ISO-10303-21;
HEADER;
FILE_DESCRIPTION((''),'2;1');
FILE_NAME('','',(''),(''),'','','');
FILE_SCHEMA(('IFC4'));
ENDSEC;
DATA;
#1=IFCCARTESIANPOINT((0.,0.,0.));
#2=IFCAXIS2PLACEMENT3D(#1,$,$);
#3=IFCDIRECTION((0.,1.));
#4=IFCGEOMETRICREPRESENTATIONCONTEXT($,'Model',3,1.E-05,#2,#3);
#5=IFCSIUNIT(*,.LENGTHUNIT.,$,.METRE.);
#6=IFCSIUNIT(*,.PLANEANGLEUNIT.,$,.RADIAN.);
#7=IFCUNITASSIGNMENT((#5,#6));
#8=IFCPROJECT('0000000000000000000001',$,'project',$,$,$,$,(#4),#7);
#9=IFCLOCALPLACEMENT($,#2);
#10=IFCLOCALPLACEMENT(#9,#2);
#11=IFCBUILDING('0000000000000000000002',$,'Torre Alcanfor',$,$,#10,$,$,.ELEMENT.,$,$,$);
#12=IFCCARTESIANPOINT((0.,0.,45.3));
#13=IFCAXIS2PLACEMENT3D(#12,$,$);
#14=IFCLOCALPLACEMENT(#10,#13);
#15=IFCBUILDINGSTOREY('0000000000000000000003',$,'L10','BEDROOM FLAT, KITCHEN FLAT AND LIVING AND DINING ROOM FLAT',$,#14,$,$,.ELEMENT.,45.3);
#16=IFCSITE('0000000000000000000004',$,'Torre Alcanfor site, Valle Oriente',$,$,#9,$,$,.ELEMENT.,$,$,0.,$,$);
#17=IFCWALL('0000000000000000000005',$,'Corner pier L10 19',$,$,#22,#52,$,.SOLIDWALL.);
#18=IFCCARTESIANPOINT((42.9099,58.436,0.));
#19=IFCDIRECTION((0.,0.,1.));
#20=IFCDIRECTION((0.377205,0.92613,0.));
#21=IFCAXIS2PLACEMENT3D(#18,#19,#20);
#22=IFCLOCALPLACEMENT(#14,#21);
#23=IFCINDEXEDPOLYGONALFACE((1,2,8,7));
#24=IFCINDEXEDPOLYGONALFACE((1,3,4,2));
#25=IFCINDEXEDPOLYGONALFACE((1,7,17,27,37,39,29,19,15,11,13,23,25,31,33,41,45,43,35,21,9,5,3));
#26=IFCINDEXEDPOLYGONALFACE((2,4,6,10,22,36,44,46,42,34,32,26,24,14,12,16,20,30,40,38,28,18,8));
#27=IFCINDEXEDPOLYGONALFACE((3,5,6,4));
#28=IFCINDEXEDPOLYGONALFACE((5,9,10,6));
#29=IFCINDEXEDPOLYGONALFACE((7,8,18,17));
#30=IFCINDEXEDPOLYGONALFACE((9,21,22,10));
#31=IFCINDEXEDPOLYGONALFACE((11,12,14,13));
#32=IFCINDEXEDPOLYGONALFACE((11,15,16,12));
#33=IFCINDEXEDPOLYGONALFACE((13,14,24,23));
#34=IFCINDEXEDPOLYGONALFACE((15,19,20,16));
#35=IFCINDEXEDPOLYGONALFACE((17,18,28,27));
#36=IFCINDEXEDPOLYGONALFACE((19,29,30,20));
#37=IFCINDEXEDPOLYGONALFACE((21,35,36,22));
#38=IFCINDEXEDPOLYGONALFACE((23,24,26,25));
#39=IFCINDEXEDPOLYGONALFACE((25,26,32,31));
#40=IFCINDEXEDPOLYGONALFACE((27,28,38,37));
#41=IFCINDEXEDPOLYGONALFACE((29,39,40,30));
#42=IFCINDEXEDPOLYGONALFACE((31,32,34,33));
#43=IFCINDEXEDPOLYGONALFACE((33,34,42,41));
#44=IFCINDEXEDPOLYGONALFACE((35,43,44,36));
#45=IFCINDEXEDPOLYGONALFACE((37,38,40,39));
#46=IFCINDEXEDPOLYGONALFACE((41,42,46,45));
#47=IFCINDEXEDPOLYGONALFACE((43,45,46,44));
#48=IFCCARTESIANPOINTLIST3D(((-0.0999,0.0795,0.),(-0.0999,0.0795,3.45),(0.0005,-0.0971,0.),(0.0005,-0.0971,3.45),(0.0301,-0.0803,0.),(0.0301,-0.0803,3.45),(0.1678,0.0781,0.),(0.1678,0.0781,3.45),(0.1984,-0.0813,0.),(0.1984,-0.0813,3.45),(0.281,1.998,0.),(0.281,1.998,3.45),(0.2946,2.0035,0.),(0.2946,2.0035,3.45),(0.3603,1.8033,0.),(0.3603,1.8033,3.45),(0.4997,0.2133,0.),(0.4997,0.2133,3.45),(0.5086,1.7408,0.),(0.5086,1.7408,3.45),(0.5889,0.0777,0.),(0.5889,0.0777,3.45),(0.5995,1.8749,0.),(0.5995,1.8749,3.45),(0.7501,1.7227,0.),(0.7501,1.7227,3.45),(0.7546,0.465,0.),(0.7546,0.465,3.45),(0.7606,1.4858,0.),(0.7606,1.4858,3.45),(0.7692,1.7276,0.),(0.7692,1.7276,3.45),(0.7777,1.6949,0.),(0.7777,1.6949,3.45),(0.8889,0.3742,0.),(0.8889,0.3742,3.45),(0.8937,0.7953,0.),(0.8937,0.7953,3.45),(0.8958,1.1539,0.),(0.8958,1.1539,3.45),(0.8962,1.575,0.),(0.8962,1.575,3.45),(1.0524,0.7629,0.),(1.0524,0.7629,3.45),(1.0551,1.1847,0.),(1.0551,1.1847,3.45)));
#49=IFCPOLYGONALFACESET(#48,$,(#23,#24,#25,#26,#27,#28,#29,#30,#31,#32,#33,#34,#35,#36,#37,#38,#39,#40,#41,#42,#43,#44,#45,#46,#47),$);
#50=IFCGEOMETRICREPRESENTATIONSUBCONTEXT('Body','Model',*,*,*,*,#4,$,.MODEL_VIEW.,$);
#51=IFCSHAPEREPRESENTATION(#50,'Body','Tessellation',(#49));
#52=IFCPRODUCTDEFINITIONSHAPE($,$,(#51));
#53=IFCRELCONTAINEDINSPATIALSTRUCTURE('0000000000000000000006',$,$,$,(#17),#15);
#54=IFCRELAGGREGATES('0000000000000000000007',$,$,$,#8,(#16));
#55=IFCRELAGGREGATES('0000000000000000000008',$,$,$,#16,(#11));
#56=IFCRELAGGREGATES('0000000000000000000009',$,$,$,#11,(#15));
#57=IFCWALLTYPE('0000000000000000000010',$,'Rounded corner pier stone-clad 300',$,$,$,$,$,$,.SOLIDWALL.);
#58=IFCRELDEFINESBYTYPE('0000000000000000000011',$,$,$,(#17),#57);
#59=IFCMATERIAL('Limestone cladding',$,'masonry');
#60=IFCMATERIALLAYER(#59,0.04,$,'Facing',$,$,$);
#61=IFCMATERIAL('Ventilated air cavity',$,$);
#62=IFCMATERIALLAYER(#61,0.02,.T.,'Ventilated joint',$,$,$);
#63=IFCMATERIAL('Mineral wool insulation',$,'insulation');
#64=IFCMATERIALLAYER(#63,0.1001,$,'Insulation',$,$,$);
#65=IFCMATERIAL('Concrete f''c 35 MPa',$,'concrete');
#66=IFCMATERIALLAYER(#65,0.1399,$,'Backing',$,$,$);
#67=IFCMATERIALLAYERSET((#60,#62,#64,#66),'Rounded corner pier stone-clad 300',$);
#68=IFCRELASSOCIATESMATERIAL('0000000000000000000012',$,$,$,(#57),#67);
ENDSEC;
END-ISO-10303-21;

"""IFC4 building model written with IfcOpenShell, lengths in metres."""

from ifc_helpers import new_model, si_unit, direction, frame, origin, place, context, subcontext, project, spatial, polyline, outline, extrude, material, layer, layer_set, type_object, element, save


model = new_model("IFC4")

# Units and contexts
model_context = context("Model", 3, precision=1e-05, world=origin(), true_north=direction((0.0, 1.0)))
body_context = subcontext(model_context, "Body", "Model", "MODEL_VIEW")
ifc_project = project(units=[si_unit("LENGTHUNIT", "METRE"), si_unit("PLANEANGLEUNIT", "RADIAN")], contexts=[model_context])

# Site, building, storey
site_placement = place(None, origin())
site = spatial("IfcSite", under=ifc_project, at=site_placement, Name="Torre Alcanfor site, Valle Oriente", CompositionType="ELEMENT", RefElevation=0.0)
building_placement = place(site_placement, origin())
building = spatial("IfcBuilding", under=site, at=building_placement, Name="Torre Alcanfor", CompositionType="ELEMENT")
storey_placement = place(building_placement, frame((0.0, 0.0, 45.3)))
storey = spatial("IfcBuildingStorey", under=building, at=storey_placement, Name="L10", Description="BEDROOM FLAT, KITCHEN FLAT AND LIVING AND DINING ROOM FLAT", CompositionType="ELEMENT", Elevation=45.3)

# Shared definitions
ifc_material_1 = material(Name="Limestone cladding", Category="masonry")
ifc_material_2 = material(Name="Ventilated air cavity")
ifc_material_3 = material(Name="Mineral wool insulation", Category="insulation")
ifc_material_4 = material(Name="Concrete f'c 35 MPa", Category="concrete")

# Wall
ifc_layer_1 = layer(ifc_material_1, 0.04, Name="Facing")
ifc_layer_2 = layer(ifc_material_2, 0.02, ventilated=True, Name="Ventilated joint")
ifc_layer_3 = layer(ifc_material_3, 0.1001, Name="Insulation")
ifc_layer_4 = layer(ifc_material_4, 0.1399, Name="Backing")
ifc_layer_set_1 = layer_set([ifc_layer_1, ifc_layer_2, ifc_layer_3, ifc_layer_4], Name="Rounded corner pier stone-clad 300")
wall_type_1 = type_object("IfcWallType", Name="Rounded corner pier stone-clad 300", PredefinedType="SOLIDWALL", material=ifc_layer_set_1)
wall_1_placement = place(storey_placement, frame((42.9099, 58.436, 0.0), z_axis=(0.0, 0.0, 1.0), x_axis=(0.377205, 0.92613, 0.0)))
element("IfcWall", 1, at=wall_1_placement, inside=storey, type_object=wall_type_1, Name="Corner pier L10 19", PredefinedType="SOLIDWALL", context=body_context, shape_type="SweptSolid", body=[
    extrude(outline(polyline([(0.7692, 1.7276), (0.7501, 1.7227), (0.5995, 1.8749), (0.2946, 2.0035), (0.281, 1.998), (0.3603, 1.8033), (0.5086, 1.7408), (0.7606, 1.4858), (0.8958, 1.1539), (0.8937, 0.7953), (0.7546, 0.465), (0.4997, 0.2133), (0.1678, 0.0781), (-0.0999, 0.0795), (0.0005, -0.0971), (0.0301, -0.0803), (0.1984, -0.0813), (0.5889, 0.0777), (0.8889, 0.3742), (1.0524, 0.7629), (1.0551, 1.1847), (0.8962, 1.575), (0.7777, 1.6949), (0.7692, 1.7276)])), origin(), (0.0, 0.0, 1.0), 3.45),
])

save(model, "model.ifc")
